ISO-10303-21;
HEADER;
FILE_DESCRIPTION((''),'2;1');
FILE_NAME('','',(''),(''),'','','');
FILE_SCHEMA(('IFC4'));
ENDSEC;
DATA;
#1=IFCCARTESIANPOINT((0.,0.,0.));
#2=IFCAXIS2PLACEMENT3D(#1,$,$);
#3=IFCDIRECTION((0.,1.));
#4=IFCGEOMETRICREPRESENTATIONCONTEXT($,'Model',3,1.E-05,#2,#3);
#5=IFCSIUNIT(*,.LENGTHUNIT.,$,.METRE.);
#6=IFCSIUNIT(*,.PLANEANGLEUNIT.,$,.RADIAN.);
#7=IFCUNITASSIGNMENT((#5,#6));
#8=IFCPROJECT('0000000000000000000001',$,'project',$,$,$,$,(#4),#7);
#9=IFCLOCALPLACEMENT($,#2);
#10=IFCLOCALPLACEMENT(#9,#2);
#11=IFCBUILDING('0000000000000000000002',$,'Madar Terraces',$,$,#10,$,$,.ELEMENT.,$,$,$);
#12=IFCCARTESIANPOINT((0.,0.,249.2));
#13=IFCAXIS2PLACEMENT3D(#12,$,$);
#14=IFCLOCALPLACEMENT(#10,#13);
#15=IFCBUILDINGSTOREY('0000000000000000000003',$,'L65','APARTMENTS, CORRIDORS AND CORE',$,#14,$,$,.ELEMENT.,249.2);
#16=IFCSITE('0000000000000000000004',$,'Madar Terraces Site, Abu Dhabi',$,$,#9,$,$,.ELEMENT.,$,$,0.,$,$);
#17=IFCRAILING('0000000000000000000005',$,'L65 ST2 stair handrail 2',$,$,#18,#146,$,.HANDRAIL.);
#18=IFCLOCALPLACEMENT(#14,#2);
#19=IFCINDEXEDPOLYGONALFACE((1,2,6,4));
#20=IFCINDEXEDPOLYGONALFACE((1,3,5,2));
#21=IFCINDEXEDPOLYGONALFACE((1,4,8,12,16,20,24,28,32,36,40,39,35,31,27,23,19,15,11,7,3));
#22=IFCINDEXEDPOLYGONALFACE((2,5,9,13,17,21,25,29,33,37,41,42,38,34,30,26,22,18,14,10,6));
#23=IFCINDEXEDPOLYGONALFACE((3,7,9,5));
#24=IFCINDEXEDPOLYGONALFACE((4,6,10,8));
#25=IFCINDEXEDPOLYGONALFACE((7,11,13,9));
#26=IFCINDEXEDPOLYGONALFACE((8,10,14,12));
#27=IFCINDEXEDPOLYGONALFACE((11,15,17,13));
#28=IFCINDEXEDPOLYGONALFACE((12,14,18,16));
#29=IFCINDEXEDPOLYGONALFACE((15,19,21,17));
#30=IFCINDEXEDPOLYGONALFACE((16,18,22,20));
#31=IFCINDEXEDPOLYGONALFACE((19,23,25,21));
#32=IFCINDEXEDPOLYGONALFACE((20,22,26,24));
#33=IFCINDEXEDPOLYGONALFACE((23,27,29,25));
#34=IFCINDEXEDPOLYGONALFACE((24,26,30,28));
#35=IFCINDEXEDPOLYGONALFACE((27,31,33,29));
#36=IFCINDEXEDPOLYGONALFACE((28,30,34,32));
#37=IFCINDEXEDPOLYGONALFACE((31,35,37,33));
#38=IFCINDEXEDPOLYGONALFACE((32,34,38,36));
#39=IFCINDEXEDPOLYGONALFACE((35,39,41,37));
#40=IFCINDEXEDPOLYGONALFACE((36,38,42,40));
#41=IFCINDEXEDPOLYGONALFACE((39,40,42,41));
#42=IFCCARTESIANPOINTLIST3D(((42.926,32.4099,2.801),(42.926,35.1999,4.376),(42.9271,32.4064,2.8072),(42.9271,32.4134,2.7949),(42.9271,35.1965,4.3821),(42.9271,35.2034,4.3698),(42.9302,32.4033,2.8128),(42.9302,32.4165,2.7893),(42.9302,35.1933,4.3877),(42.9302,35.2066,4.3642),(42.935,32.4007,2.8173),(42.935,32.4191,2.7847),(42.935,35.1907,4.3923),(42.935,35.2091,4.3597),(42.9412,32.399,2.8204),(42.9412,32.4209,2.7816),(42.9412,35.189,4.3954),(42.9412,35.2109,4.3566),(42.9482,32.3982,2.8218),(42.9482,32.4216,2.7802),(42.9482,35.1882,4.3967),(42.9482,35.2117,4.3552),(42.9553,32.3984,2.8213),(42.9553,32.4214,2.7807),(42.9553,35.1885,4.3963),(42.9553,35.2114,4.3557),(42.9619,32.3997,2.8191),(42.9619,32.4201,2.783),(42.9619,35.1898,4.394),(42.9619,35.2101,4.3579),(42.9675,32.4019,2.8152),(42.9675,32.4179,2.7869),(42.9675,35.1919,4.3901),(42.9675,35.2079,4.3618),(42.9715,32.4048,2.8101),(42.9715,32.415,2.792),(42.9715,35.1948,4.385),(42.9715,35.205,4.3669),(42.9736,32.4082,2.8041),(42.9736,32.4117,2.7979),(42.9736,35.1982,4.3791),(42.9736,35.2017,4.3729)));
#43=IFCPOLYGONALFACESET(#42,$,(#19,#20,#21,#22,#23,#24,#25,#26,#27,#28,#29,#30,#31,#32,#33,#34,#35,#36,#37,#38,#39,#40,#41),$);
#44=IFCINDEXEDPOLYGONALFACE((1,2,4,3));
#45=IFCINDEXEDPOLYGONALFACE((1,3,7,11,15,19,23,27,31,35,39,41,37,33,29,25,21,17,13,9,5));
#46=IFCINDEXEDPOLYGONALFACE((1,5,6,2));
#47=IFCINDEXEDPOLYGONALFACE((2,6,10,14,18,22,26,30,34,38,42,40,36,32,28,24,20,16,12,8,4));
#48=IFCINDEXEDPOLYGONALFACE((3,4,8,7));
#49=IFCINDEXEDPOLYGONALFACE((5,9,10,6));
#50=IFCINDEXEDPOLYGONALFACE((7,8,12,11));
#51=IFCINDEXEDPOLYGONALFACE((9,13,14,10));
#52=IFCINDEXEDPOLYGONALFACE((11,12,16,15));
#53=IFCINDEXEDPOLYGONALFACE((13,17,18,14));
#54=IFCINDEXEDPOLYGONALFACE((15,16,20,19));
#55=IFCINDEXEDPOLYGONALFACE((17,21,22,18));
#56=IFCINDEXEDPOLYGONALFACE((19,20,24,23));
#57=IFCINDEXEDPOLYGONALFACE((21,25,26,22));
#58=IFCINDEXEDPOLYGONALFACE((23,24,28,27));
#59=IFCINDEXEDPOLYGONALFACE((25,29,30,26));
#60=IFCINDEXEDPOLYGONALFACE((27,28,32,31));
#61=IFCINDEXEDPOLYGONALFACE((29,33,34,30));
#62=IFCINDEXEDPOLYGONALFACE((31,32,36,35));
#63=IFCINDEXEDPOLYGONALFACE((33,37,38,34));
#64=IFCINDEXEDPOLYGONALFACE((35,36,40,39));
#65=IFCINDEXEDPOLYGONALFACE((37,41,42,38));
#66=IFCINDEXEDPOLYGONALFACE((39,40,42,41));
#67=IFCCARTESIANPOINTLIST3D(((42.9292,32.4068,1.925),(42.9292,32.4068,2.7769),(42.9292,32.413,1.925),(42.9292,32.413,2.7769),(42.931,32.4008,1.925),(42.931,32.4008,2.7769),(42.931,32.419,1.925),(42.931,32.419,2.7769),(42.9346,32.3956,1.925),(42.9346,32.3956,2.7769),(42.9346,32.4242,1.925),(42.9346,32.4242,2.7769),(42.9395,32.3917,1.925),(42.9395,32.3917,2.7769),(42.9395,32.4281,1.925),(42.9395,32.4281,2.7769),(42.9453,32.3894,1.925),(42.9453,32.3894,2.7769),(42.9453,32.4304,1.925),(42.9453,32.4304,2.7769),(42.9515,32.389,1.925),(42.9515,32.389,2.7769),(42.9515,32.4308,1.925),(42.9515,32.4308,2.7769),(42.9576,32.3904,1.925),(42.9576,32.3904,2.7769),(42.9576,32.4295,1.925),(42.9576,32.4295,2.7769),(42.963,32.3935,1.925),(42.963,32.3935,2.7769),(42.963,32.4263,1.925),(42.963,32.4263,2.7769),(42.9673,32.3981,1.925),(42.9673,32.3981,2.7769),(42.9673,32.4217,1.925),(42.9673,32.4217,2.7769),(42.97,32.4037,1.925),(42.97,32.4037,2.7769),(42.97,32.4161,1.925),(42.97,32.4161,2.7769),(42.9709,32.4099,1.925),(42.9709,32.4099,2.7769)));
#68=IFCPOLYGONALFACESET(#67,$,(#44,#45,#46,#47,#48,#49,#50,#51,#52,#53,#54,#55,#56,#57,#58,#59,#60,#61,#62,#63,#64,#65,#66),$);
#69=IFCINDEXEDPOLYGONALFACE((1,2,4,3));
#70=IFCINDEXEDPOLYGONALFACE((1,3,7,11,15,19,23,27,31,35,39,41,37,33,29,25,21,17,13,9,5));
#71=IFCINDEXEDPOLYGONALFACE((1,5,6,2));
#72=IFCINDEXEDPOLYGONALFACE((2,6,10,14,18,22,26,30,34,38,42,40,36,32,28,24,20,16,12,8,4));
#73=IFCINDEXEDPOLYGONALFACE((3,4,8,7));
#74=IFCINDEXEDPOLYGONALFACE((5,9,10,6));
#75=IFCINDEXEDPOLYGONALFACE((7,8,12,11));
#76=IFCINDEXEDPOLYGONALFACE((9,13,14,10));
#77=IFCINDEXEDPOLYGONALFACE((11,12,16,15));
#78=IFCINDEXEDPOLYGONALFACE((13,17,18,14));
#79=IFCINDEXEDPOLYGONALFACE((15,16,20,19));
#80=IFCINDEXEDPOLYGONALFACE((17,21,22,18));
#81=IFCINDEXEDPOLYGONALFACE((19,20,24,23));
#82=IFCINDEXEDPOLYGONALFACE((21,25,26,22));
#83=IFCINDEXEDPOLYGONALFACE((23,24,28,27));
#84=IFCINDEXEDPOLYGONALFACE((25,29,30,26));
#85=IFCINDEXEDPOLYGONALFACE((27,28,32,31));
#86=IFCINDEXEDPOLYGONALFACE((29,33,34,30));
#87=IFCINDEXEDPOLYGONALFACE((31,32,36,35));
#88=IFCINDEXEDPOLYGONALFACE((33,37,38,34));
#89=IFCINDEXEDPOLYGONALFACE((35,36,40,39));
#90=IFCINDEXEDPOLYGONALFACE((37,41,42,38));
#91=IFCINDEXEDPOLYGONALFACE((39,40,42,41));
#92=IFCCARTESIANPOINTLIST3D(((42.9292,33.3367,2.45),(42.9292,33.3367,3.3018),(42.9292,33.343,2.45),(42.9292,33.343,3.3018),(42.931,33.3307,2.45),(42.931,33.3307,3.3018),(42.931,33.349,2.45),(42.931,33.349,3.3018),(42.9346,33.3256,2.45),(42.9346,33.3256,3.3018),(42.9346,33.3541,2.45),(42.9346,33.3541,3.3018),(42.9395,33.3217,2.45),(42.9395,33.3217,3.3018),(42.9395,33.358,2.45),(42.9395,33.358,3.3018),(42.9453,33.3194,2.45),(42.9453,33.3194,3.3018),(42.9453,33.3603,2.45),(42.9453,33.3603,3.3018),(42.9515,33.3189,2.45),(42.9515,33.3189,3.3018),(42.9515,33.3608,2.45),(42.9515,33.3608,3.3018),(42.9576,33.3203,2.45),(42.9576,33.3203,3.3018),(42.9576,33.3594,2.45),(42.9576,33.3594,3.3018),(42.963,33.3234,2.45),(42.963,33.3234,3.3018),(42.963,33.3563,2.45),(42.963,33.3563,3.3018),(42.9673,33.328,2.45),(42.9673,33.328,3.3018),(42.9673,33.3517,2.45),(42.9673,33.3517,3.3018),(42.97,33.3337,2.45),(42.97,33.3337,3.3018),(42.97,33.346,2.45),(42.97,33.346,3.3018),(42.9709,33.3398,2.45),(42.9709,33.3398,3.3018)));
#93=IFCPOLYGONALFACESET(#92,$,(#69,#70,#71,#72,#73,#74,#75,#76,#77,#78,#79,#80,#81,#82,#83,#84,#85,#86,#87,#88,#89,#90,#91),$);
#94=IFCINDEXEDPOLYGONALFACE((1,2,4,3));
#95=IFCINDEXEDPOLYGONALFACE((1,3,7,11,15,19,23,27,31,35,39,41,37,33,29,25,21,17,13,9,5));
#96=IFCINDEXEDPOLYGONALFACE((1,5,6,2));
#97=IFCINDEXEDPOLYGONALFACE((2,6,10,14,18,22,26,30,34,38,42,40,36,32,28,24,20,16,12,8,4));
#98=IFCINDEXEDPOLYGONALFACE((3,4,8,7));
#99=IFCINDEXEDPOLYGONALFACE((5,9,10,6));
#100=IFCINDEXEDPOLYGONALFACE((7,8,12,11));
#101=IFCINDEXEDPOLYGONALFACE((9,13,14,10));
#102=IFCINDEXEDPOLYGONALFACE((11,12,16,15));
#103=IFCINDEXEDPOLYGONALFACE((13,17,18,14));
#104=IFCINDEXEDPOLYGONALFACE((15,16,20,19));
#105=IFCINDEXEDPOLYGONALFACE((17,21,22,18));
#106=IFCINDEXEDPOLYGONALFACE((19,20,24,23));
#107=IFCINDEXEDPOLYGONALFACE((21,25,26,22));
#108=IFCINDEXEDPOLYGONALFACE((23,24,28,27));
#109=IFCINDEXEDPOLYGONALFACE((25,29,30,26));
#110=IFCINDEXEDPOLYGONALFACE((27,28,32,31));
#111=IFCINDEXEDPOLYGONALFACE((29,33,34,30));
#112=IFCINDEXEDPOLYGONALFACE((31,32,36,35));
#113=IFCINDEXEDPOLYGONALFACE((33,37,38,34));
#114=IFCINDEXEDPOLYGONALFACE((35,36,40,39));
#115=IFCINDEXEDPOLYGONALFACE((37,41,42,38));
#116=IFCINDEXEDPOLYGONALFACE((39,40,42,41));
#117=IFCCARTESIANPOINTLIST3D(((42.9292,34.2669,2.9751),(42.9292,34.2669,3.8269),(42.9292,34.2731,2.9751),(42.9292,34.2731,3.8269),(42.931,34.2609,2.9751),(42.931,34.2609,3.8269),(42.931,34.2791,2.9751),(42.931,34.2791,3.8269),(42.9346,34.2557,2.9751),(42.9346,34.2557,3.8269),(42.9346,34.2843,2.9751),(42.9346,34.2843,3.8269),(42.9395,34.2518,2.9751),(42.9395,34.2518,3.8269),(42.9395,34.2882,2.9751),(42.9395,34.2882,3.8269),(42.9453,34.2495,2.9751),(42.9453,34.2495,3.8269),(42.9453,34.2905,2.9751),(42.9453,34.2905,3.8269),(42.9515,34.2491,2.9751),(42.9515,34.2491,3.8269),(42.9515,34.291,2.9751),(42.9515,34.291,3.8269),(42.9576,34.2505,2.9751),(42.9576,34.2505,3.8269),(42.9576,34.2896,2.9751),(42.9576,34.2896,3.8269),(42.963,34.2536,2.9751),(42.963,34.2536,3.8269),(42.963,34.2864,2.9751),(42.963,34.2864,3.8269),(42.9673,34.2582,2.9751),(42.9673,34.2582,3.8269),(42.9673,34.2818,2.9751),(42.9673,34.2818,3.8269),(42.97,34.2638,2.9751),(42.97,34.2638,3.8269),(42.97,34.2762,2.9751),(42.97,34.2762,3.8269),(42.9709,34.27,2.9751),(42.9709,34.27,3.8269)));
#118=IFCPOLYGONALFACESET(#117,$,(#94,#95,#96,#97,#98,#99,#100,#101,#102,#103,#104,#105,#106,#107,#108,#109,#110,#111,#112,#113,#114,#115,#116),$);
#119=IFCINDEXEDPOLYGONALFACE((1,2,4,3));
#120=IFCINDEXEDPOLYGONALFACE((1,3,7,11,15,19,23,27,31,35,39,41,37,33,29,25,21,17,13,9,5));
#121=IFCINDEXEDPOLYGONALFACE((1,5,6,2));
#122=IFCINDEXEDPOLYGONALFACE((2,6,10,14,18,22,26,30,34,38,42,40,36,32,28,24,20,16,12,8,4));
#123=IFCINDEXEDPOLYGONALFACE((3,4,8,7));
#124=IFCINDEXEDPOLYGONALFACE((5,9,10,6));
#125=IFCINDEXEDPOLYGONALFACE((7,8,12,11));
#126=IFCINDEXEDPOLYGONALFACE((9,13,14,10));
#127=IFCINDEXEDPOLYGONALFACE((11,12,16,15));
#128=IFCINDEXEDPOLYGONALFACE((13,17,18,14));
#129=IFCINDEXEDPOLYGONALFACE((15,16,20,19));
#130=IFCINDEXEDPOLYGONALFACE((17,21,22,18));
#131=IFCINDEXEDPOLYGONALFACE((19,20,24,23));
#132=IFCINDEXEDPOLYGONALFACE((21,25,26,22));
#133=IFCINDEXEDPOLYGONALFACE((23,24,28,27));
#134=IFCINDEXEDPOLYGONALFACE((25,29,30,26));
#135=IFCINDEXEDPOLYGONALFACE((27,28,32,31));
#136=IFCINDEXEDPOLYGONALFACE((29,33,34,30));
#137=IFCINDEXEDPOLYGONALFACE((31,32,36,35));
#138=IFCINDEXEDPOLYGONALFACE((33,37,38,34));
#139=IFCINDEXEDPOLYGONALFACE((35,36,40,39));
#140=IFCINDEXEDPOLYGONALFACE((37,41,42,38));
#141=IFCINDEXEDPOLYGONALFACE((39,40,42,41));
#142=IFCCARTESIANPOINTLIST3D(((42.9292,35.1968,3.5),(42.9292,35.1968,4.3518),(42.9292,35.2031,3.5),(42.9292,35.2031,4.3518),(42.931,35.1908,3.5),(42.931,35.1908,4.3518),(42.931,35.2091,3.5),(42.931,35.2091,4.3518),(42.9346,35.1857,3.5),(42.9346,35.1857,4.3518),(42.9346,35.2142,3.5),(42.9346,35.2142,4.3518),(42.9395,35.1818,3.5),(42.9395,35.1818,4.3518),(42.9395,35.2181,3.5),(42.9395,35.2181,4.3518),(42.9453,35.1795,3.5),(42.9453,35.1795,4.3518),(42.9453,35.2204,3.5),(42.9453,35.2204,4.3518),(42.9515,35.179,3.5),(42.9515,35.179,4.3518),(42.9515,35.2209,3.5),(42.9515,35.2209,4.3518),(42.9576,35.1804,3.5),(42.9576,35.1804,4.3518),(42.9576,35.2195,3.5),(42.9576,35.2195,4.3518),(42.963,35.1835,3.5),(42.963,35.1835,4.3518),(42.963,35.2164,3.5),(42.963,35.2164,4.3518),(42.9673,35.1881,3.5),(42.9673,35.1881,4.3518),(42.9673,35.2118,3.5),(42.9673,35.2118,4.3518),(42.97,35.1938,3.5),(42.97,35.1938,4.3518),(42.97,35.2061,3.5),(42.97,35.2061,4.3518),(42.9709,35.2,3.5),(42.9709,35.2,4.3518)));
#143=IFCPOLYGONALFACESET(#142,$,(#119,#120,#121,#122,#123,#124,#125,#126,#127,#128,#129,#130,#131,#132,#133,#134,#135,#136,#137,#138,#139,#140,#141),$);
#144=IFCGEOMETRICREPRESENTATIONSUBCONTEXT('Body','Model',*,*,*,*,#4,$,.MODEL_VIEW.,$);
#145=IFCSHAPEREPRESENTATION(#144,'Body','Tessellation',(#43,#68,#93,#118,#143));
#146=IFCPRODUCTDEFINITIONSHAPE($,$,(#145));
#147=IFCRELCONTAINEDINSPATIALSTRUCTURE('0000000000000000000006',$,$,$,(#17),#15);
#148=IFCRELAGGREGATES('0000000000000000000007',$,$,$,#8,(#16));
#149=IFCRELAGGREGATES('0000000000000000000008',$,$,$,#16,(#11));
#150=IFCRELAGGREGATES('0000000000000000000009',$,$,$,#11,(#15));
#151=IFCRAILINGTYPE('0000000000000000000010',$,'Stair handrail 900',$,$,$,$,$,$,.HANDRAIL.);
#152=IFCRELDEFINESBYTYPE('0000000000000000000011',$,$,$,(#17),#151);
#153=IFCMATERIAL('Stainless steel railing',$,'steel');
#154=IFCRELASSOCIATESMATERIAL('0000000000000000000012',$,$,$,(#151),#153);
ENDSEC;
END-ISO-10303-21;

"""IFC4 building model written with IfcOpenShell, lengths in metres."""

from ifc_helpers import new_model, si_unit, direction, frame, origin, origin_2d, place, context, subcontext, project, spatial, circle, extrude, material, type_object, element, save


model = new_model("IFC4")

# Units and contexts
model_context = context("Model", 3, precision=1e-05, world=origin(), true_north=direction((0.0, 1.0)))
body_context = subcontext(model_context, "Body", "Model", "MODEL_VIEW")
ifc_project = project(units=[si_unit("LENGTHUNIT", "METRE"), si_unit("PLANEANGLEUNIT", "RADIAN")], contexts=[model_context])

# Site, building, storey
site_placement = place(None, origin())
site = spatial("IfcSite", under=ifc_project, at=site_placement, Name="Madar Terraces Site, Abu Dhabi", CompositionType="ELEMENT", RefElevation=0.0)
building_placement = place(site_placement, origin())
building = spatial("IfcBuilding", under=site, at=building_placement, Name="Madar Terraces", CompositionType="ELEMENT")
storey_placement = place(building_placement, frame((0.0, 0.0, 249.2)))
storey = spatial("IfcBuildingStorey", under=building, at=storey_placement, Name="L65", Description="APARTMENTS, CORRIDORS AND CORE", CompositionType="ELEMENT", Elevation=249.2)

# Railing
ifc_material_1 = material(Name="Stainless steel railing", Category="steel")
railing_type_1 = type_object("IfcRailingType", Name="Stair handrail 900", PredefinedType="HANDRAIL", material=ifc_material_1)
railing_1_placement = place(storey_placement, frame((42.95, 32.4099, 1.925)))
element("IfcRailing", 1, at=railing_1_placement, inside=storey, type_object=railing_type_1, Name="L65 ST2 stair handrail 2", PredefinedType="HANDRAIL", context=body_context, shape_type="SweptSolid", body=[
    extrude(circle(Radius=0.0239, at=origin_2d()), frame((0.0, 0.0, 0.876), z_axis=(0.0, 0.870834, 0.491578), x_axis=(-1.0, 0.0, 0.0)), (0.0, 0.0, 1.0), 3.2039),
    extrude(circle(Radius=0.021, at=origin_2d()), origin(), (0.0, 0.0, 1.0), 0.8518),
    extrude(circle(Radius=0.021, at=origin_2d()), frame((0.0, 0.9299, 0.5249)), (0.0, 0.0, 1.0), 0.8518),
    extrude(circle(Radius=0.021, at=origin_2d()), frame((0.0, 1.8601, 1.05)), (0.0, 0.0, 1.0), 0.8518),
    extrude(circle(Radius=0.021, at=origin_2d()), frame((0.0, 2.79, 1.575)), (0.0, 0.0, 1.0), 0.8518),
])

save(model, "model.ifc")
